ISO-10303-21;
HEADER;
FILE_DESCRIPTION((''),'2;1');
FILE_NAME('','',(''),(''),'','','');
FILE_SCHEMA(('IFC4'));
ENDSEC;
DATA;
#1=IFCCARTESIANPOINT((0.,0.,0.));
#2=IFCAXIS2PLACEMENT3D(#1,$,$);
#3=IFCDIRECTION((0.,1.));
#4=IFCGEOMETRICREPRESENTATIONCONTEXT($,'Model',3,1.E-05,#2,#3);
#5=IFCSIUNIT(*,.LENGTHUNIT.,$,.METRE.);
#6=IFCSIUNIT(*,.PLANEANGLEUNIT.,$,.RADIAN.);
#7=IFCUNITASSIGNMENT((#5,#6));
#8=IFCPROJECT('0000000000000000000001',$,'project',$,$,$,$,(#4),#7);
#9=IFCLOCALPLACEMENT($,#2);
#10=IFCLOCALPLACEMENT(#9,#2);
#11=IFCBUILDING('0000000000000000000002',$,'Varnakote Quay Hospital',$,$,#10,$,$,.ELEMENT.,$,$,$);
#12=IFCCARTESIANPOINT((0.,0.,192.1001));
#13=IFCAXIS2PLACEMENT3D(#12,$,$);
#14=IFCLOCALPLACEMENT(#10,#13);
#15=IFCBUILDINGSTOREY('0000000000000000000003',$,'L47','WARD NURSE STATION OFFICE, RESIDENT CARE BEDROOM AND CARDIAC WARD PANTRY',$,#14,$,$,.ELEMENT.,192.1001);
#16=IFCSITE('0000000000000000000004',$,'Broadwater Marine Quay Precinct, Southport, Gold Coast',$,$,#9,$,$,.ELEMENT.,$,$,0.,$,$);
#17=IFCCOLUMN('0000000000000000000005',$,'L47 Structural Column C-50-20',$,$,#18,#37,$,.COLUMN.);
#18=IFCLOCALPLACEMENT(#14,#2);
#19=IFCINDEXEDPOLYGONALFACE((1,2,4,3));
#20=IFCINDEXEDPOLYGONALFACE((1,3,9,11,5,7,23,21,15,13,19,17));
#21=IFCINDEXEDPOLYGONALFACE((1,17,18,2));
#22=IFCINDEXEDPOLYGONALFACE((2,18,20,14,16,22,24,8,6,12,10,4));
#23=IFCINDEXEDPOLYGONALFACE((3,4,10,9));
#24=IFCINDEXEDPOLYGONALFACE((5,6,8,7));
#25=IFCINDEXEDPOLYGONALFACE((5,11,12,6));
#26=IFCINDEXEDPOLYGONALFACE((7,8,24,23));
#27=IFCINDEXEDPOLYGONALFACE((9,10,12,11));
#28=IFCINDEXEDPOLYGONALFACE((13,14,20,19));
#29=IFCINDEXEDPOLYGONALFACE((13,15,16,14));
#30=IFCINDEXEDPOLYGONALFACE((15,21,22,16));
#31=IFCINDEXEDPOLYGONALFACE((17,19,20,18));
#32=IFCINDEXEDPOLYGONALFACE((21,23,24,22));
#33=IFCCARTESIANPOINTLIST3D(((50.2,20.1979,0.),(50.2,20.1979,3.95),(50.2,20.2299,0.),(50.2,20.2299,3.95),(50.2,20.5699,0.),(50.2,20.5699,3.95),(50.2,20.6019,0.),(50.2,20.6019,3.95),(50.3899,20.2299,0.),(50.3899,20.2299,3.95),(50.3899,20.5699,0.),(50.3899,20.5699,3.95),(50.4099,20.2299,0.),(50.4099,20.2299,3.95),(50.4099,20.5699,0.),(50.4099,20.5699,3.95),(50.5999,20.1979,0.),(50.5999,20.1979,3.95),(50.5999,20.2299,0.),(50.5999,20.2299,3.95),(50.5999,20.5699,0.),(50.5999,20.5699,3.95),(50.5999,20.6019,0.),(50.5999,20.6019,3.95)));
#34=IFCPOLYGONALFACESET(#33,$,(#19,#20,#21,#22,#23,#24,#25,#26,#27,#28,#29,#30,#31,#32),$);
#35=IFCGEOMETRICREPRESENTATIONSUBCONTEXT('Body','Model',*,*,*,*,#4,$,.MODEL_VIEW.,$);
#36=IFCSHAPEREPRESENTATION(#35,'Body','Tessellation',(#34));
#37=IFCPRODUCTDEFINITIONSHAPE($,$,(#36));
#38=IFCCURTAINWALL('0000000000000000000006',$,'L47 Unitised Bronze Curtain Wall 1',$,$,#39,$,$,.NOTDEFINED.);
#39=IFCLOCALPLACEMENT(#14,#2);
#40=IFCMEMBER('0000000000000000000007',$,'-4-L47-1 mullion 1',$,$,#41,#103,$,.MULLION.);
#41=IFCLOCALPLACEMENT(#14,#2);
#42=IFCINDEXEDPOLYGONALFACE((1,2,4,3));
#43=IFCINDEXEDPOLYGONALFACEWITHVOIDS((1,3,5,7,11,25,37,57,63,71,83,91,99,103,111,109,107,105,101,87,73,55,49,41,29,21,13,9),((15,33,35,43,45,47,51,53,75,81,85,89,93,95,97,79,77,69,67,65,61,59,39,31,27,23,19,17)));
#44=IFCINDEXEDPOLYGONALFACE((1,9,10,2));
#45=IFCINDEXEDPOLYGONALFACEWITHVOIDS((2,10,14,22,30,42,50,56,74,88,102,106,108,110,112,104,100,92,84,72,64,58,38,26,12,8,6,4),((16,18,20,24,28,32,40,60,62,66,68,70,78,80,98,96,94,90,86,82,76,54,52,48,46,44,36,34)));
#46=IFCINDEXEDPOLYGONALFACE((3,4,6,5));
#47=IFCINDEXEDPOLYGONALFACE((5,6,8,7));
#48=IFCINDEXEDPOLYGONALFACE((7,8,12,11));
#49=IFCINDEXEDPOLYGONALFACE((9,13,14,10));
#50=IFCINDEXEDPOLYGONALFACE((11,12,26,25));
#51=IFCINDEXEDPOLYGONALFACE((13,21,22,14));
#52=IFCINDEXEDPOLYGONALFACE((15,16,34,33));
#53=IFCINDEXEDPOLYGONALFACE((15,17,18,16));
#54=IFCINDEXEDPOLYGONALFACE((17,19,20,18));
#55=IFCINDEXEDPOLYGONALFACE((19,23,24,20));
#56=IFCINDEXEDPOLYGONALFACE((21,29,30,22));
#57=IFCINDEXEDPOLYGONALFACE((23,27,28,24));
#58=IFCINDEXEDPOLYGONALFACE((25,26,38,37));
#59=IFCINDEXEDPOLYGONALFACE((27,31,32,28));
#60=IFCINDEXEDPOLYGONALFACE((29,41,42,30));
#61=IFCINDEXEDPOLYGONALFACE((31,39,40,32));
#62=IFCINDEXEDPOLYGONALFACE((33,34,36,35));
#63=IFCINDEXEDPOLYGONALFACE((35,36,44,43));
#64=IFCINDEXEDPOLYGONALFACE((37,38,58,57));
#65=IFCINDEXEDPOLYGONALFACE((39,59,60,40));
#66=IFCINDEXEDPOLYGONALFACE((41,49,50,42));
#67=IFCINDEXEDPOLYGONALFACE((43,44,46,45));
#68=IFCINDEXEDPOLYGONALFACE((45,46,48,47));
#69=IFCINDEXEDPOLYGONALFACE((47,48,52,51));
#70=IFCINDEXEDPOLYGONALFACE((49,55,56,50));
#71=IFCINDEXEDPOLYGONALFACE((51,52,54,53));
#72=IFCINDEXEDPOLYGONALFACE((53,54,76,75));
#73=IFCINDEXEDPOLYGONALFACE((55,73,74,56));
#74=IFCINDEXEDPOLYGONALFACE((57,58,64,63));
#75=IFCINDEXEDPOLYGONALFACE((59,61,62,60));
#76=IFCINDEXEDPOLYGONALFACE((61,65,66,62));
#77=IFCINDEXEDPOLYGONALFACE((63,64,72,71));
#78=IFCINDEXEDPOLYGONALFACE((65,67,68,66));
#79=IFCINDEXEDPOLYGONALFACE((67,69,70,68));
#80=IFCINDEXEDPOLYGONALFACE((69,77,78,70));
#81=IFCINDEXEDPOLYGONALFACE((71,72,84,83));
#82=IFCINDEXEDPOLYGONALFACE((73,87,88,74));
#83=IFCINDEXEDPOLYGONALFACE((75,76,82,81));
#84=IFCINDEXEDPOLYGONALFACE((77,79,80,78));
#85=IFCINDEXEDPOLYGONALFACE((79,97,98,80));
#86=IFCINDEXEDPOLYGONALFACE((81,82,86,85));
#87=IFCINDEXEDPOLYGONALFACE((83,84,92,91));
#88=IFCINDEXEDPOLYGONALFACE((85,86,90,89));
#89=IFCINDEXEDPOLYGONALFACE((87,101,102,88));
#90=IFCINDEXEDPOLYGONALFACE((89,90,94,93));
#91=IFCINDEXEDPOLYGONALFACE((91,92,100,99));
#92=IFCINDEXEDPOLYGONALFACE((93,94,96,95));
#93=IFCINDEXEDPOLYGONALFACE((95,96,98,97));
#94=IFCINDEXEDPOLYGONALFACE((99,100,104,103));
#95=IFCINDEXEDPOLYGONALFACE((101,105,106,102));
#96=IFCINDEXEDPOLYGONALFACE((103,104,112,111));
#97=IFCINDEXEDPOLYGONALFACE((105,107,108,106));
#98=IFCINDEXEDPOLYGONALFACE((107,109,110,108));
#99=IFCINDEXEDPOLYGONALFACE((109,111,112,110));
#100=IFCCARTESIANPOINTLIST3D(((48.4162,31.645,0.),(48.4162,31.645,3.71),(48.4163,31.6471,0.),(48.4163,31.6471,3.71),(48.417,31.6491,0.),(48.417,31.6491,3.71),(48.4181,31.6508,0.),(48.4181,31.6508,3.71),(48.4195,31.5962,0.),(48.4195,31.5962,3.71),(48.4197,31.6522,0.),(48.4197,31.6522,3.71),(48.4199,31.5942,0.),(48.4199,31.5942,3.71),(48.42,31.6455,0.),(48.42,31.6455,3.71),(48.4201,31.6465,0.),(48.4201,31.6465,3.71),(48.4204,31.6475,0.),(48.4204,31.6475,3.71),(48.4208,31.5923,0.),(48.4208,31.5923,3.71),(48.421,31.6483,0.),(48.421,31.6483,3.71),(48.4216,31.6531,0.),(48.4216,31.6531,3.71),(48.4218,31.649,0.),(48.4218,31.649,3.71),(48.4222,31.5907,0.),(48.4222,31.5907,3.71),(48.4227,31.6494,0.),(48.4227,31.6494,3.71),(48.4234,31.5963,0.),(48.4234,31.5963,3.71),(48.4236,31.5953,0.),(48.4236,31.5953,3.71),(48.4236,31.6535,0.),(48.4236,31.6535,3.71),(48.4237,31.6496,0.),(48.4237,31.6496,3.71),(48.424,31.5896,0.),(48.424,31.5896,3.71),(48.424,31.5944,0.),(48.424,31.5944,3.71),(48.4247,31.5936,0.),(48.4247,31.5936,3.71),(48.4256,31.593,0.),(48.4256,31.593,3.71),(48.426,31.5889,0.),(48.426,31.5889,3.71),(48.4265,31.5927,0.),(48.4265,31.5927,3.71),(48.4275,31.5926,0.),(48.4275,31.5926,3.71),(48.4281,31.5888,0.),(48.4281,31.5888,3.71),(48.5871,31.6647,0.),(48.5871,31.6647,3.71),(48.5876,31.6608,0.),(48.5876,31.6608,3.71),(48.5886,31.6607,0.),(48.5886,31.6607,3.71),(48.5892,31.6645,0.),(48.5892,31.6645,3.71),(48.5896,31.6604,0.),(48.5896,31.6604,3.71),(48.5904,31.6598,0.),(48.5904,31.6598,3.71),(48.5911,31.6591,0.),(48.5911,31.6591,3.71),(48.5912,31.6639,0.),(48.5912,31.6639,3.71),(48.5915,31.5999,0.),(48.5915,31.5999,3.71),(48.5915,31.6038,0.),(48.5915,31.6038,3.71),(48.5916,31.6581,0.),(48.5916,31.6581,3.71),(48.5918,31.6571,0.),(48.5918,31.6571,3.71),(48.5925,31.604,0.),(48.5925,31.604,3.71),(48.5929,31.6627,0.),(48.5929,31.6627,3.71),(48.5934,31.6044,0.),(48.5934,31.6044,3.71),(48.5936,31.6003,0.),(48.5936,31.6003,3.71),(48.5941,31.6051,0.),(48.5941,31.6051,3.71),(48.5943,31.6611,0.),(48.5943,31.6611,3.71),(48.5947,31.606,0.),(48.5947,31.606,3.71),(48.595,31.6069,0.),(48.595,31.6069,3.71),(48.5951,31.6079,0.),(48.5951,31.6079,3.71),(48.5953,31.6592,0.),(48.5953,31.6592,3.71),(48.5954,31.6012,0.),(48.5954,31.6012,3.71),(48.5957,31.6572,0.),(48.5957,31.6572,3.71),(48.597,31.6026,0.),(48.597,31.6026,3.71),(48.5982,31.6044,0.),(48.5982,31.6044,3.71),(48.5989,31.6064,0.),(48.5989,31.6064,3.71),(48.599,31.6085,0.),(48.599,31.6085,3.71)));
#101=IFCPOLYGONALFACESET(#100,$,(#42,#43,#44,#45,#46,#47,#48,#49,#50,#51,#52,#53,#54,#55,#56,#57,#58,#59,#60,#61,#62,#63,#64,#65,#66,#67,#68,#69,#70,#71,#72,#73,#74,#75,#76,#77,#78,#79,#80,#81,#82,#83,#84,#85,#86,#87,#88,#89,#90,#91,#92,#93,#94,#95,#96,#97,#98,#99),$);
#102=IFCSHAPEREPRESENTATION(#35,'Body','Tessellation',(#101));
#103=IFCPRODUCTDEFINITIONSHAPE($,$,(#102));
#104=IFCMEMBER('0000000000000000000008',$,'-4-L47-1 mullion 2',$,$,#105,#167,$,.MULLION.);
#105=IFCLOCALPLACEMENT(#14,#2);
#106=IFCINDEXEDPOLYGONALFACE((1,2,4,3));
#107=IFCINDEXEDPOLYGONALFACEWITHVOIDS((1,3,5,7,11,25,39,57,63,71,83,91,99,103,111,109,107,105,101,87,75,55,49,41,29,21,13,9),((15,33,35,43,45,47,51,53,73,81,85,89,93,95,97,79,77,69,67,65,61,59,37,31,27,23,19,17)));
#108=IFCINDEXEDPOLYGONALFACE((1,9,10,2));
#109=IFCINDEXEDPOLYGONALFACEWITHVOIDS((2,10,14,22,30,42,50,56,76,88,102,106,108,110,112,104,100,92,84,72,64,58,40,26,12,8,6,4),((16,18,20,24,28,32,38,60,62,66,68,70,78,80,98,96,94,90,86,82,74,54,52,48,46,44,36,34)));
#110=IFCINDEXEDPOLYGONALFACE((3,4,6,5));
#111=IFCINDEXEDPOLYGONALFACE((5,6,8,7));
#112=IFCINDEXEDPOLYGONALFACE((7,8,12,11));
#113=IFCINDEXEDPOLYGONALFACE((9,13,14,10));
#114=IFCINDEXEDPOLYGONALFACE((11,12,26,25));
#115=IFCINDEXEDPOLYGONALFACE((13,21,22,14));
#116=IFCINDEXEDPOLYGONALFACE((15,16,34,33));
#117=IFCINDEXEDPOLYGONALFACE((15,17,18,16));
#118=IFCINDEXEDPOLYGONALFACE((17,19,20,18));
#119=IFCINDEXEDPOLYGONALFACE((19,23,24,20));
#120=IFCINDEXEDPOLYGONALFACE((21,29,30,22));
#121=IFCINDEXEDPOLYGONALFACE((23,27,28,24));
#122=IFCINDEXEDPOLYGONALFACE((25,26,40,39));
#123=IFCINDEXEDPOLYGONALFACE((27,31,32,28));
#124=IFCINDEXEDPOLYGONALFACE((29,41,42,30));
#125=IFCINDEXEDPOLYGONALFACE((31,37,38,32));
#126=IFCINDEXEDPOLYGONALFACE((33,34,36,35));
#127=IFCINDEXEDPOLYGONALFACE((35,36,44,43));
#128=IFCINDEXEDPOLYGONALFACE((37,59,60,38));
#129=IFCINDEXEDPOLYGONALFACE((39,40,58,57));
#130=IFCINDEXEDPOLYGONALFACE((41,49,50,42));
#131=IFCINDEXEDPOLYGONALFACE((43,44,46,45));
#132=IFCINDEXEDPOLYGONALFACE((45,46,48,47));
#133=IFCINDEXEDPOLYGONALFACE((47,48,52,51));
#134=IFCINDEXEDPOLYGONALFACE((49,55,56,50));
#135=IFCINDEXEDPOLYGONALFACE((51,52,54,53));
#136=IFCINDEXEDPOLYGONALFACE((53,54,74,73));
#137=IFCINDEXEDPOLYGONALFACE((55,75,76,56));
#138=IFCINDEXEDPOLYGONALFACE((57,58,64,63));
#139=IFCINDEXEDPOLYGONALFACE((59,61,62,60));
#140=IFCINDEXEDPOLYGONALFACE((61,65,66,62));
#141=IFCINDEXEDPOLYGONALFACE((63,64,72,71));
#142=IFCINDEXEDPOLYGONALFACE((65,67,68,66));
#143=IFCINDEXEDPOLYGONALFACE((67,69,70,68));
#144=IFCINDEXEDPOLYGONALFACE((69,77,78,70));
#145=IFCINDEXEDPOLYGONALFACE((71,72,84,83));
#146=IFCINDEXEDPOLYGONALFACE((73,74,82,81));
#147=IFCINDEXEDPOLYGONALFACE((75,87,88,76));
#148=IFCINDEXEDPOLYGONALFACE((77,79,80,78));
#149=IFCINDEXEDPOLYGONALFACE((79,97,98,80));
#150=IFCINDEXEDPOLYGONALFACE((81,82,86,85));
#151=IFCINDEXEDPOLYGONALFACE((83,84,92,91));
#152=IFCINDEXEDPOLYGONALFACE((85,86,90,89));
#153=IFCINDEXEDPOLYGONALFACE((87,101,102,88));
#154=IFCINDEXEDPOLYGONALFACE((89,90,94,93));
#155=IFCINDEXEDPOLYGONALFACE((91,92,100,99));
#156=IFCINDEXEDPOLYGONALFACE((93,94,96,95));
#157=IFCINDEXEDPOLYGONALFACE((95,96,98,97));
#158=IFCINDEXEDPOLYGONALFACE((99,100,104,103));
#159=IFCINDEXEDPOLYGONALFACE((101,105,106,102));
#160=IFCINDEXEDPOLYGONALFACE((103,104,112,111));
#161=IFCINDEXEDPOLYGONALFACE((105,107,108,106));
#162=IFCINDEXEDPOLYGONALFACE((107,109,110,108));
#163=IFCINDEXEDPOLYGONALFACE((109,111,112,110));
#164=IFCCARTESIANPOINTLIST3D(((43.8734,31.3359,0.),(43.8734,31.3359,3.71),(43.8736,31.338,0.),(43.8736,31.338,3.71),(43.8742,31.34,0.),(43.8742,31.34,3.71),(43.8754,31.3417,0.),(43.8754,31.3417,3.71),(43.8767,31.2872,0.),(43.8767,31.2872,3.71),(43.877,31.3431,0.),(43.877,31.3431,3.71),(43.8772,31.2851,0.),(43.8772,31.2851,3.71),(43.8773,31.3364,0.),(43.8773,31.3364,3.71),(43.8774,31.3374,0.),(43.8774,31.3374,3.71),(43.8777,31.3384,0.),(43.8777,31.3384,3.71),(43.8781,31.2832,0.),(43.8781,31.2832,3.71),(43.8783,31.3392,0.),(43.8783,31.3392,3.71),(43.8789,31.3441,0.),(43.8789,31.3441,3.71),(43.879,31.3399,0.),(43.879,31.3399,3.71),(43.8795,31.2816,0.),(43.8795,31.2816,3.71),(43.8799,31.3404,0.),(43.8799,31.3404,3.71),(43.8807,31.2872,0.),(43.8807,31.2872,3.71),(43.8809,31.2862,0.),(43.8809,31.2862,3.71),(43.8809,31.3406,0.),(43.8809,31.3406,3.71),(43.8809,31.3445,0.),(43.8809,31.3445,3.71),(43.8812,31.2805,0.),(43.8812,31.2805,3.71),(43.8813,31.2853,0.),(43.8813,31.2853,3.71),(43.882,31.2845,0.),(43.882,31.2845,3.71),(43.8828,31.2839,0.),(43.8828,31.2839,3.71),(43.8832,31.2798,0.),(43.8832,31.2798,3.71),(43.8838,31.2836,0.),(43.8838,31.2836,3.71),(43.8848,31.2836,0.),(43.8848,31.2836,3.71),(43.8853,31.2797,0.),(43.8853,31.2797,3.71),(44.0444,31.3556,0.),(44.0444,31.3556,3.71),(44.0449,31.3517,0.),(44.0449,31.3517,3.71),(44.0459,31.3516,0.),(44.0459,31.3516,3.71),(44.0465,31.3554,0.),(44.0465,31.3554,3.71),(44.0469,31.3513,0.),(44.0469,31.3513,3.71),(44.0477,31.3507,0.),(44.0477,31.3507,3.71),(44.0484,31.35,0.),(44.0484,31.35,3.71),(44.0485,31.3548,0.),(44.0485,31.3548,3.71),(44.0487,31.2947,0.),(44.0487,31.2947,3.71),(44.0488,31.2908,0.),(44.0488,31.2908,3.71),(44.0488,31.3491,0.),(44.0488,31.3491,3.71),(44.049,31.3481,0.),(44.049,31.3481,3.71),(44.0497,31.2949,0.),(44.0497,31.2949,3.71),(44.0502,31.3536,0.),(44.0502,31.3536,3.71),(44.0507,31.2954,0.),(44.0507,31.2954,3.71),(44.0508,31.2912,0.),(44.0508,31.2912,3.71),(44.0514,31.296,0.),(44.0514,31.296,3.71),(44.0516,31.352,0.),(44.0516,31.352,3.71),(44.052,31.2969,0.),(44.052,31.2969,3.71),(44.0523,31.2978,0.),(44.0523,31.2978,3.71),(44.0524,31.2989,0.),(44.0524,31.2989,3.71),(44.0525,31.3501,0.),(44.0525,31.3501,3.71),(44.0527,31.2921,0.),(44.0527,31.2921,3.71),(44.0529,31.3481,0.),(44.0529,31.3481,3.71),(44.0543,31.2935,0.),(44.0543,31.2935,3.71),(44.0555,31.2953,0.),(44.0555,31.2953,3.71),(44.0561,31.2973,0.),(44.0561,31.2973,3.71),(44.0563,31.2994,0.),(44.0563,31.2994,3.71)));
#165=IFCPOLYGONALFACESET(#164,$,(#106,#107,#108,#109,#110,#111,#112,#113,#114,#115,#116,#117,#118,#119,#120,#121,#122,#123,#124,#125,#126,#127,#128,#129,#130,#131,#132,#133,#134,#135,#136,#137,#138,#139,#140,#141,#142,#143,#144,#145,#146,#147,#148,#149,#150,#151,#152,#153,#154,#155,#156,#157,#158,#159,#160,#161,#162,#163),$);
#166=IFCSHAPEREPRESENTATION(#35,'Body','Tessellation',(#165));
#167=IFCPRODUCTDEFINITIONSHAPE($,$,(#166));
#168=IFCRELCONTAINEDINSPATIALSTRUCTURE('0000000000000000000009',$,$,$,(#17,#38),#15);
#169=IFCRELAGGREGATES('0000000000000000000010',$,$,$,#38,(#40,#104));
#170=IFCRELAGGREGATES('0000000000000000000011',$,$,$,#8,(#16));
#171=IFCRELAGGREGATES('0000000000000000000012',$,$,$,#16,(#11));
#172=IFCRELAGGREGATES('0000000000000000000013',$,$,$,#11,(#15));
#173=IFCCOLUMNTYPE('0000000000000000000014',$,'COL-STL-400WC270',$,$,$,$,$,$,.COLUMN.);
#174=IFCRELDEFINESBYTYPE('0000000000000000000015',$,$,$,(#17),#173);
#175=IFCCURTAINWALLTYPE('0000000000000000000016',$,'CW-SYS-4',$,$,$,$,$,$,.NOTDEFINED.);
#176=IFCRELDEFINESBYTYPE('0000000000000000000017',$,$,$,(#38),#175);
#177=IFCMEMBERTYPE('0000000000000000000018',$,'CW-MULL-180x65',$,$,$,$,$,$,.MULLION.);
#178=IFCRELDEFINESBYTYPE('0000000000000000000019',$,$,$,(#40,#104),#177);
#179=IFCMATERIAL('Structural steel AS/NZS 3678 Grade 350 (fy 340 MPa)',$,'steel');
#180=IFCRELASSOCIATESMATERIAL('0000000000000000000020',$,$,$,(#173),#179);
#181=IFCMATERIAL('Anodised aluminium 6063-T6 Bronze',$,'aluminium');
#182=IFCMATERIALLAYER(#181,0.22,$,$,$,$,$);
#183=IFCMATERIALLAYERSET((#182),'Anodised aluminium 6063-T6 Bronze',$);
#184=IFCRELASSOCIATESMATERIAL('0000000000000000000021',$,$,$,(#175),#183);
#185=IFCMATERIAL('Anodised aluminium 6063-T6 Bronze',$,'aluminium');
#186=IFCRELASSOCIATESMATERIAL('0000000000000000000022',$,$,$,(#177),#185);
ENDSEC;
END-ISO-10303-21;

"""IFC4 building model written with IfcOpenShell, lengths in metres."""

from ifc_helpers import new_model, si_unit, direction, frame, origin, origin_2d, place, context, subcontext, project, spatial, hollow_rectangle, i_section, extrude, material, layer, layer_set, material_profile, profile_set, type_object, element, aggregate, save


model = new_model("IFC4")

# Units and contexts
model_context = context("Model", 3, precision=1e-05, world=origin(), true_north=direction((0.0, 1.0)))
body_context = subcontext(model_context, "Body", "Model", "MODEL_VIEW")
ifc_project = project(units=[si_unit("LENGTHUNIT", "METRE"), si_unit("PLANEANGLEUNIT", "RADIAN")], contexts=[model_context])

# Site, building, storey
site_placement = place(None, origin())
site = spatial("IfcSite", under=ifc_project, at=site_placement, Name="Broadwater Marine Quay Precinct, Southport, Gold Coast", CompositionType="ELEMENT", RefElevation=0.0)
building_placement = place(site_placement, origin())
building = spatial("IfcBuilding", under=site, at=building_placement, Name="Varnakote Quay Hospital", CompositionType="ELEMENT")
storey_placement = place(building_placement, frame((0.0, 0.0, 192.1001)))
storey = spatial("IfcBuildingStorey", under=building, at=storey_placement, Name="L47", Description="WARD NURSE STATION OFFICE, RESIDENT CARE BEDROOM AND CARDIAC WARD PANTRY", CompositionType="ELEMENT", Elevation=192.1001)

# Column
ifc_material_1 = material(Name="Structural steel AS/NZS 3678 Grade 350 (fy 340 MPa)", Category="steel")
ifc_material_profile_1 = material_profile(ifc_material_1, i_section(OverallWidth=0.3999, OverallDepth=0.4041, WebThickness=0.02, FlangeThickness=0.032, at=origin_2d()), Name="400WC270")
ifc_profile_set_1 = profile_set([ifc_material_profile_1], Name="Structural steel AS/NZS 3678 Grade 350 (fy 340 MPa)")
column_type = type_object("IfcColumnType", Name="COL-STL-400WC270", PredefinedType="COLUMN", material=ifc_profile_set_1)
column_placement = place(storey_placement, frame((50.3999, 20.3999, 0.0), z_axis=(0.0, 0.0, 1.0), x_axis=(1.0, 0.0, 0.0)))
element("IfcColumn", 1, at=column_placement, inside=storey, type_object=column_type, Name="L47 Structural Column C-50-20", PredefinedType="COLUMN", context=body_context, shape_type="SweptSolid", body=[
    extrude(i_section(OverallWidth=0.3999, OverallDepth=0.4041, WebThickness=0.02, FlangeThickness=0.032, at=origin_2d()), origin(), (0.0, 0.0, 1.0), 3.95),
])

# Curtain wall, members
ifc_material_2 = material(Name="Anodised aluminium 6063-T6 Bronze", Category="aluminium")
ifc_layer_1 = layer(ifc_material_2, 0.22)
ifc_layer_set_1 = layer_set([ifc_layer_1], Name="Anodised aluminium 6063-T6 Bronze")
curtain_wall_type = type_object("IfcCurtainWallType", Name="CW-SYS-4", PredefinedType="NOTDEFINED", material=ifc_layer_set_1)
curtain_wall_placement = place(storey_placement, origin())
curtain_wall = element("IfcCurtainWall", 2, at=curtain_wall_placement, inside=storey, type_object=curtain_wall_type, Name="L47 Unitised Bronze Curtain Wall 1", PredefinedType="NOTDEFINED")
ifc_material_3 = material(Name="Anodised aluminium 6063-T6 Bronze", Category="aluminium")
ifc_material_profile_2 = material_profile(ifc_material_3, hollow_rectangle(XDim=0.0649, YDim=0.1799, WallThickness=0.0039, InnerFilletRadius=0.0039, OuterFilletRadius=0.0081, at=origin_2d()), Name="CW-MULL-180x65")
ifc_profile_set_2 = profile_set([ifc_material_profile_2], Name="Anodised aluminium 6063-T6 Bronze")
member_type_1 = type_object("IfcMemberType", Name="CW-MULL-180x65", PredefinedType="MULLION", material=ifc_profile_set_2)
member_1_placement = place(storey_placement, frame((48.5076, 31.6267, 0.0), z_axis=(0.0, 0.0, 1.0), x_axis=(0.067842, -0.997696, 0.0)))
member_1 = element("IfcMember", 3, at=member_1_placement, type_object=member_type_1, Name="-4-L47-1 mullion 1", PredefinedType="MULLION", context=body_context, shape_type="SweptSolid", body=[
    extrude(hollow_rectangle(XDim=0.0649, YDim=0.1799, WallThickness=0.0039, InnerFilletRadius=0.0039, OuterFilletRadius=0.0081, at=origin_2d()), origin(), (0.0, 0.0, 1.0), 3.71),
])
member_2_placement = place(storey_placement, frame((43.9648, 31.3176, 0.0), z_axis=(0.0, 0.0, 1.0), x_axis=(0.067842, -0.997696, 0.0)))
member_2 = element("IfcMember", 4, at=member_2_placement, type_object=member_type_1, Name="-4-L47-1 mullion 2", PredefinedType="MULLION", context=body_context, shape_type="SweptSolid", body=[
    extrude(hollow_rectangle(XDim=0.0649, YDim=0.1799, WallThickness=0.0039, InnerFilletRadius=0.0039, OuterFilletRadius=0.0081, at=origin_2d()), origin(), (0.0, 0.0, 1.0), 3.71),
])
aggregate(curtain_wall, [member_1, member_2])

save(model, "model.ifc")
